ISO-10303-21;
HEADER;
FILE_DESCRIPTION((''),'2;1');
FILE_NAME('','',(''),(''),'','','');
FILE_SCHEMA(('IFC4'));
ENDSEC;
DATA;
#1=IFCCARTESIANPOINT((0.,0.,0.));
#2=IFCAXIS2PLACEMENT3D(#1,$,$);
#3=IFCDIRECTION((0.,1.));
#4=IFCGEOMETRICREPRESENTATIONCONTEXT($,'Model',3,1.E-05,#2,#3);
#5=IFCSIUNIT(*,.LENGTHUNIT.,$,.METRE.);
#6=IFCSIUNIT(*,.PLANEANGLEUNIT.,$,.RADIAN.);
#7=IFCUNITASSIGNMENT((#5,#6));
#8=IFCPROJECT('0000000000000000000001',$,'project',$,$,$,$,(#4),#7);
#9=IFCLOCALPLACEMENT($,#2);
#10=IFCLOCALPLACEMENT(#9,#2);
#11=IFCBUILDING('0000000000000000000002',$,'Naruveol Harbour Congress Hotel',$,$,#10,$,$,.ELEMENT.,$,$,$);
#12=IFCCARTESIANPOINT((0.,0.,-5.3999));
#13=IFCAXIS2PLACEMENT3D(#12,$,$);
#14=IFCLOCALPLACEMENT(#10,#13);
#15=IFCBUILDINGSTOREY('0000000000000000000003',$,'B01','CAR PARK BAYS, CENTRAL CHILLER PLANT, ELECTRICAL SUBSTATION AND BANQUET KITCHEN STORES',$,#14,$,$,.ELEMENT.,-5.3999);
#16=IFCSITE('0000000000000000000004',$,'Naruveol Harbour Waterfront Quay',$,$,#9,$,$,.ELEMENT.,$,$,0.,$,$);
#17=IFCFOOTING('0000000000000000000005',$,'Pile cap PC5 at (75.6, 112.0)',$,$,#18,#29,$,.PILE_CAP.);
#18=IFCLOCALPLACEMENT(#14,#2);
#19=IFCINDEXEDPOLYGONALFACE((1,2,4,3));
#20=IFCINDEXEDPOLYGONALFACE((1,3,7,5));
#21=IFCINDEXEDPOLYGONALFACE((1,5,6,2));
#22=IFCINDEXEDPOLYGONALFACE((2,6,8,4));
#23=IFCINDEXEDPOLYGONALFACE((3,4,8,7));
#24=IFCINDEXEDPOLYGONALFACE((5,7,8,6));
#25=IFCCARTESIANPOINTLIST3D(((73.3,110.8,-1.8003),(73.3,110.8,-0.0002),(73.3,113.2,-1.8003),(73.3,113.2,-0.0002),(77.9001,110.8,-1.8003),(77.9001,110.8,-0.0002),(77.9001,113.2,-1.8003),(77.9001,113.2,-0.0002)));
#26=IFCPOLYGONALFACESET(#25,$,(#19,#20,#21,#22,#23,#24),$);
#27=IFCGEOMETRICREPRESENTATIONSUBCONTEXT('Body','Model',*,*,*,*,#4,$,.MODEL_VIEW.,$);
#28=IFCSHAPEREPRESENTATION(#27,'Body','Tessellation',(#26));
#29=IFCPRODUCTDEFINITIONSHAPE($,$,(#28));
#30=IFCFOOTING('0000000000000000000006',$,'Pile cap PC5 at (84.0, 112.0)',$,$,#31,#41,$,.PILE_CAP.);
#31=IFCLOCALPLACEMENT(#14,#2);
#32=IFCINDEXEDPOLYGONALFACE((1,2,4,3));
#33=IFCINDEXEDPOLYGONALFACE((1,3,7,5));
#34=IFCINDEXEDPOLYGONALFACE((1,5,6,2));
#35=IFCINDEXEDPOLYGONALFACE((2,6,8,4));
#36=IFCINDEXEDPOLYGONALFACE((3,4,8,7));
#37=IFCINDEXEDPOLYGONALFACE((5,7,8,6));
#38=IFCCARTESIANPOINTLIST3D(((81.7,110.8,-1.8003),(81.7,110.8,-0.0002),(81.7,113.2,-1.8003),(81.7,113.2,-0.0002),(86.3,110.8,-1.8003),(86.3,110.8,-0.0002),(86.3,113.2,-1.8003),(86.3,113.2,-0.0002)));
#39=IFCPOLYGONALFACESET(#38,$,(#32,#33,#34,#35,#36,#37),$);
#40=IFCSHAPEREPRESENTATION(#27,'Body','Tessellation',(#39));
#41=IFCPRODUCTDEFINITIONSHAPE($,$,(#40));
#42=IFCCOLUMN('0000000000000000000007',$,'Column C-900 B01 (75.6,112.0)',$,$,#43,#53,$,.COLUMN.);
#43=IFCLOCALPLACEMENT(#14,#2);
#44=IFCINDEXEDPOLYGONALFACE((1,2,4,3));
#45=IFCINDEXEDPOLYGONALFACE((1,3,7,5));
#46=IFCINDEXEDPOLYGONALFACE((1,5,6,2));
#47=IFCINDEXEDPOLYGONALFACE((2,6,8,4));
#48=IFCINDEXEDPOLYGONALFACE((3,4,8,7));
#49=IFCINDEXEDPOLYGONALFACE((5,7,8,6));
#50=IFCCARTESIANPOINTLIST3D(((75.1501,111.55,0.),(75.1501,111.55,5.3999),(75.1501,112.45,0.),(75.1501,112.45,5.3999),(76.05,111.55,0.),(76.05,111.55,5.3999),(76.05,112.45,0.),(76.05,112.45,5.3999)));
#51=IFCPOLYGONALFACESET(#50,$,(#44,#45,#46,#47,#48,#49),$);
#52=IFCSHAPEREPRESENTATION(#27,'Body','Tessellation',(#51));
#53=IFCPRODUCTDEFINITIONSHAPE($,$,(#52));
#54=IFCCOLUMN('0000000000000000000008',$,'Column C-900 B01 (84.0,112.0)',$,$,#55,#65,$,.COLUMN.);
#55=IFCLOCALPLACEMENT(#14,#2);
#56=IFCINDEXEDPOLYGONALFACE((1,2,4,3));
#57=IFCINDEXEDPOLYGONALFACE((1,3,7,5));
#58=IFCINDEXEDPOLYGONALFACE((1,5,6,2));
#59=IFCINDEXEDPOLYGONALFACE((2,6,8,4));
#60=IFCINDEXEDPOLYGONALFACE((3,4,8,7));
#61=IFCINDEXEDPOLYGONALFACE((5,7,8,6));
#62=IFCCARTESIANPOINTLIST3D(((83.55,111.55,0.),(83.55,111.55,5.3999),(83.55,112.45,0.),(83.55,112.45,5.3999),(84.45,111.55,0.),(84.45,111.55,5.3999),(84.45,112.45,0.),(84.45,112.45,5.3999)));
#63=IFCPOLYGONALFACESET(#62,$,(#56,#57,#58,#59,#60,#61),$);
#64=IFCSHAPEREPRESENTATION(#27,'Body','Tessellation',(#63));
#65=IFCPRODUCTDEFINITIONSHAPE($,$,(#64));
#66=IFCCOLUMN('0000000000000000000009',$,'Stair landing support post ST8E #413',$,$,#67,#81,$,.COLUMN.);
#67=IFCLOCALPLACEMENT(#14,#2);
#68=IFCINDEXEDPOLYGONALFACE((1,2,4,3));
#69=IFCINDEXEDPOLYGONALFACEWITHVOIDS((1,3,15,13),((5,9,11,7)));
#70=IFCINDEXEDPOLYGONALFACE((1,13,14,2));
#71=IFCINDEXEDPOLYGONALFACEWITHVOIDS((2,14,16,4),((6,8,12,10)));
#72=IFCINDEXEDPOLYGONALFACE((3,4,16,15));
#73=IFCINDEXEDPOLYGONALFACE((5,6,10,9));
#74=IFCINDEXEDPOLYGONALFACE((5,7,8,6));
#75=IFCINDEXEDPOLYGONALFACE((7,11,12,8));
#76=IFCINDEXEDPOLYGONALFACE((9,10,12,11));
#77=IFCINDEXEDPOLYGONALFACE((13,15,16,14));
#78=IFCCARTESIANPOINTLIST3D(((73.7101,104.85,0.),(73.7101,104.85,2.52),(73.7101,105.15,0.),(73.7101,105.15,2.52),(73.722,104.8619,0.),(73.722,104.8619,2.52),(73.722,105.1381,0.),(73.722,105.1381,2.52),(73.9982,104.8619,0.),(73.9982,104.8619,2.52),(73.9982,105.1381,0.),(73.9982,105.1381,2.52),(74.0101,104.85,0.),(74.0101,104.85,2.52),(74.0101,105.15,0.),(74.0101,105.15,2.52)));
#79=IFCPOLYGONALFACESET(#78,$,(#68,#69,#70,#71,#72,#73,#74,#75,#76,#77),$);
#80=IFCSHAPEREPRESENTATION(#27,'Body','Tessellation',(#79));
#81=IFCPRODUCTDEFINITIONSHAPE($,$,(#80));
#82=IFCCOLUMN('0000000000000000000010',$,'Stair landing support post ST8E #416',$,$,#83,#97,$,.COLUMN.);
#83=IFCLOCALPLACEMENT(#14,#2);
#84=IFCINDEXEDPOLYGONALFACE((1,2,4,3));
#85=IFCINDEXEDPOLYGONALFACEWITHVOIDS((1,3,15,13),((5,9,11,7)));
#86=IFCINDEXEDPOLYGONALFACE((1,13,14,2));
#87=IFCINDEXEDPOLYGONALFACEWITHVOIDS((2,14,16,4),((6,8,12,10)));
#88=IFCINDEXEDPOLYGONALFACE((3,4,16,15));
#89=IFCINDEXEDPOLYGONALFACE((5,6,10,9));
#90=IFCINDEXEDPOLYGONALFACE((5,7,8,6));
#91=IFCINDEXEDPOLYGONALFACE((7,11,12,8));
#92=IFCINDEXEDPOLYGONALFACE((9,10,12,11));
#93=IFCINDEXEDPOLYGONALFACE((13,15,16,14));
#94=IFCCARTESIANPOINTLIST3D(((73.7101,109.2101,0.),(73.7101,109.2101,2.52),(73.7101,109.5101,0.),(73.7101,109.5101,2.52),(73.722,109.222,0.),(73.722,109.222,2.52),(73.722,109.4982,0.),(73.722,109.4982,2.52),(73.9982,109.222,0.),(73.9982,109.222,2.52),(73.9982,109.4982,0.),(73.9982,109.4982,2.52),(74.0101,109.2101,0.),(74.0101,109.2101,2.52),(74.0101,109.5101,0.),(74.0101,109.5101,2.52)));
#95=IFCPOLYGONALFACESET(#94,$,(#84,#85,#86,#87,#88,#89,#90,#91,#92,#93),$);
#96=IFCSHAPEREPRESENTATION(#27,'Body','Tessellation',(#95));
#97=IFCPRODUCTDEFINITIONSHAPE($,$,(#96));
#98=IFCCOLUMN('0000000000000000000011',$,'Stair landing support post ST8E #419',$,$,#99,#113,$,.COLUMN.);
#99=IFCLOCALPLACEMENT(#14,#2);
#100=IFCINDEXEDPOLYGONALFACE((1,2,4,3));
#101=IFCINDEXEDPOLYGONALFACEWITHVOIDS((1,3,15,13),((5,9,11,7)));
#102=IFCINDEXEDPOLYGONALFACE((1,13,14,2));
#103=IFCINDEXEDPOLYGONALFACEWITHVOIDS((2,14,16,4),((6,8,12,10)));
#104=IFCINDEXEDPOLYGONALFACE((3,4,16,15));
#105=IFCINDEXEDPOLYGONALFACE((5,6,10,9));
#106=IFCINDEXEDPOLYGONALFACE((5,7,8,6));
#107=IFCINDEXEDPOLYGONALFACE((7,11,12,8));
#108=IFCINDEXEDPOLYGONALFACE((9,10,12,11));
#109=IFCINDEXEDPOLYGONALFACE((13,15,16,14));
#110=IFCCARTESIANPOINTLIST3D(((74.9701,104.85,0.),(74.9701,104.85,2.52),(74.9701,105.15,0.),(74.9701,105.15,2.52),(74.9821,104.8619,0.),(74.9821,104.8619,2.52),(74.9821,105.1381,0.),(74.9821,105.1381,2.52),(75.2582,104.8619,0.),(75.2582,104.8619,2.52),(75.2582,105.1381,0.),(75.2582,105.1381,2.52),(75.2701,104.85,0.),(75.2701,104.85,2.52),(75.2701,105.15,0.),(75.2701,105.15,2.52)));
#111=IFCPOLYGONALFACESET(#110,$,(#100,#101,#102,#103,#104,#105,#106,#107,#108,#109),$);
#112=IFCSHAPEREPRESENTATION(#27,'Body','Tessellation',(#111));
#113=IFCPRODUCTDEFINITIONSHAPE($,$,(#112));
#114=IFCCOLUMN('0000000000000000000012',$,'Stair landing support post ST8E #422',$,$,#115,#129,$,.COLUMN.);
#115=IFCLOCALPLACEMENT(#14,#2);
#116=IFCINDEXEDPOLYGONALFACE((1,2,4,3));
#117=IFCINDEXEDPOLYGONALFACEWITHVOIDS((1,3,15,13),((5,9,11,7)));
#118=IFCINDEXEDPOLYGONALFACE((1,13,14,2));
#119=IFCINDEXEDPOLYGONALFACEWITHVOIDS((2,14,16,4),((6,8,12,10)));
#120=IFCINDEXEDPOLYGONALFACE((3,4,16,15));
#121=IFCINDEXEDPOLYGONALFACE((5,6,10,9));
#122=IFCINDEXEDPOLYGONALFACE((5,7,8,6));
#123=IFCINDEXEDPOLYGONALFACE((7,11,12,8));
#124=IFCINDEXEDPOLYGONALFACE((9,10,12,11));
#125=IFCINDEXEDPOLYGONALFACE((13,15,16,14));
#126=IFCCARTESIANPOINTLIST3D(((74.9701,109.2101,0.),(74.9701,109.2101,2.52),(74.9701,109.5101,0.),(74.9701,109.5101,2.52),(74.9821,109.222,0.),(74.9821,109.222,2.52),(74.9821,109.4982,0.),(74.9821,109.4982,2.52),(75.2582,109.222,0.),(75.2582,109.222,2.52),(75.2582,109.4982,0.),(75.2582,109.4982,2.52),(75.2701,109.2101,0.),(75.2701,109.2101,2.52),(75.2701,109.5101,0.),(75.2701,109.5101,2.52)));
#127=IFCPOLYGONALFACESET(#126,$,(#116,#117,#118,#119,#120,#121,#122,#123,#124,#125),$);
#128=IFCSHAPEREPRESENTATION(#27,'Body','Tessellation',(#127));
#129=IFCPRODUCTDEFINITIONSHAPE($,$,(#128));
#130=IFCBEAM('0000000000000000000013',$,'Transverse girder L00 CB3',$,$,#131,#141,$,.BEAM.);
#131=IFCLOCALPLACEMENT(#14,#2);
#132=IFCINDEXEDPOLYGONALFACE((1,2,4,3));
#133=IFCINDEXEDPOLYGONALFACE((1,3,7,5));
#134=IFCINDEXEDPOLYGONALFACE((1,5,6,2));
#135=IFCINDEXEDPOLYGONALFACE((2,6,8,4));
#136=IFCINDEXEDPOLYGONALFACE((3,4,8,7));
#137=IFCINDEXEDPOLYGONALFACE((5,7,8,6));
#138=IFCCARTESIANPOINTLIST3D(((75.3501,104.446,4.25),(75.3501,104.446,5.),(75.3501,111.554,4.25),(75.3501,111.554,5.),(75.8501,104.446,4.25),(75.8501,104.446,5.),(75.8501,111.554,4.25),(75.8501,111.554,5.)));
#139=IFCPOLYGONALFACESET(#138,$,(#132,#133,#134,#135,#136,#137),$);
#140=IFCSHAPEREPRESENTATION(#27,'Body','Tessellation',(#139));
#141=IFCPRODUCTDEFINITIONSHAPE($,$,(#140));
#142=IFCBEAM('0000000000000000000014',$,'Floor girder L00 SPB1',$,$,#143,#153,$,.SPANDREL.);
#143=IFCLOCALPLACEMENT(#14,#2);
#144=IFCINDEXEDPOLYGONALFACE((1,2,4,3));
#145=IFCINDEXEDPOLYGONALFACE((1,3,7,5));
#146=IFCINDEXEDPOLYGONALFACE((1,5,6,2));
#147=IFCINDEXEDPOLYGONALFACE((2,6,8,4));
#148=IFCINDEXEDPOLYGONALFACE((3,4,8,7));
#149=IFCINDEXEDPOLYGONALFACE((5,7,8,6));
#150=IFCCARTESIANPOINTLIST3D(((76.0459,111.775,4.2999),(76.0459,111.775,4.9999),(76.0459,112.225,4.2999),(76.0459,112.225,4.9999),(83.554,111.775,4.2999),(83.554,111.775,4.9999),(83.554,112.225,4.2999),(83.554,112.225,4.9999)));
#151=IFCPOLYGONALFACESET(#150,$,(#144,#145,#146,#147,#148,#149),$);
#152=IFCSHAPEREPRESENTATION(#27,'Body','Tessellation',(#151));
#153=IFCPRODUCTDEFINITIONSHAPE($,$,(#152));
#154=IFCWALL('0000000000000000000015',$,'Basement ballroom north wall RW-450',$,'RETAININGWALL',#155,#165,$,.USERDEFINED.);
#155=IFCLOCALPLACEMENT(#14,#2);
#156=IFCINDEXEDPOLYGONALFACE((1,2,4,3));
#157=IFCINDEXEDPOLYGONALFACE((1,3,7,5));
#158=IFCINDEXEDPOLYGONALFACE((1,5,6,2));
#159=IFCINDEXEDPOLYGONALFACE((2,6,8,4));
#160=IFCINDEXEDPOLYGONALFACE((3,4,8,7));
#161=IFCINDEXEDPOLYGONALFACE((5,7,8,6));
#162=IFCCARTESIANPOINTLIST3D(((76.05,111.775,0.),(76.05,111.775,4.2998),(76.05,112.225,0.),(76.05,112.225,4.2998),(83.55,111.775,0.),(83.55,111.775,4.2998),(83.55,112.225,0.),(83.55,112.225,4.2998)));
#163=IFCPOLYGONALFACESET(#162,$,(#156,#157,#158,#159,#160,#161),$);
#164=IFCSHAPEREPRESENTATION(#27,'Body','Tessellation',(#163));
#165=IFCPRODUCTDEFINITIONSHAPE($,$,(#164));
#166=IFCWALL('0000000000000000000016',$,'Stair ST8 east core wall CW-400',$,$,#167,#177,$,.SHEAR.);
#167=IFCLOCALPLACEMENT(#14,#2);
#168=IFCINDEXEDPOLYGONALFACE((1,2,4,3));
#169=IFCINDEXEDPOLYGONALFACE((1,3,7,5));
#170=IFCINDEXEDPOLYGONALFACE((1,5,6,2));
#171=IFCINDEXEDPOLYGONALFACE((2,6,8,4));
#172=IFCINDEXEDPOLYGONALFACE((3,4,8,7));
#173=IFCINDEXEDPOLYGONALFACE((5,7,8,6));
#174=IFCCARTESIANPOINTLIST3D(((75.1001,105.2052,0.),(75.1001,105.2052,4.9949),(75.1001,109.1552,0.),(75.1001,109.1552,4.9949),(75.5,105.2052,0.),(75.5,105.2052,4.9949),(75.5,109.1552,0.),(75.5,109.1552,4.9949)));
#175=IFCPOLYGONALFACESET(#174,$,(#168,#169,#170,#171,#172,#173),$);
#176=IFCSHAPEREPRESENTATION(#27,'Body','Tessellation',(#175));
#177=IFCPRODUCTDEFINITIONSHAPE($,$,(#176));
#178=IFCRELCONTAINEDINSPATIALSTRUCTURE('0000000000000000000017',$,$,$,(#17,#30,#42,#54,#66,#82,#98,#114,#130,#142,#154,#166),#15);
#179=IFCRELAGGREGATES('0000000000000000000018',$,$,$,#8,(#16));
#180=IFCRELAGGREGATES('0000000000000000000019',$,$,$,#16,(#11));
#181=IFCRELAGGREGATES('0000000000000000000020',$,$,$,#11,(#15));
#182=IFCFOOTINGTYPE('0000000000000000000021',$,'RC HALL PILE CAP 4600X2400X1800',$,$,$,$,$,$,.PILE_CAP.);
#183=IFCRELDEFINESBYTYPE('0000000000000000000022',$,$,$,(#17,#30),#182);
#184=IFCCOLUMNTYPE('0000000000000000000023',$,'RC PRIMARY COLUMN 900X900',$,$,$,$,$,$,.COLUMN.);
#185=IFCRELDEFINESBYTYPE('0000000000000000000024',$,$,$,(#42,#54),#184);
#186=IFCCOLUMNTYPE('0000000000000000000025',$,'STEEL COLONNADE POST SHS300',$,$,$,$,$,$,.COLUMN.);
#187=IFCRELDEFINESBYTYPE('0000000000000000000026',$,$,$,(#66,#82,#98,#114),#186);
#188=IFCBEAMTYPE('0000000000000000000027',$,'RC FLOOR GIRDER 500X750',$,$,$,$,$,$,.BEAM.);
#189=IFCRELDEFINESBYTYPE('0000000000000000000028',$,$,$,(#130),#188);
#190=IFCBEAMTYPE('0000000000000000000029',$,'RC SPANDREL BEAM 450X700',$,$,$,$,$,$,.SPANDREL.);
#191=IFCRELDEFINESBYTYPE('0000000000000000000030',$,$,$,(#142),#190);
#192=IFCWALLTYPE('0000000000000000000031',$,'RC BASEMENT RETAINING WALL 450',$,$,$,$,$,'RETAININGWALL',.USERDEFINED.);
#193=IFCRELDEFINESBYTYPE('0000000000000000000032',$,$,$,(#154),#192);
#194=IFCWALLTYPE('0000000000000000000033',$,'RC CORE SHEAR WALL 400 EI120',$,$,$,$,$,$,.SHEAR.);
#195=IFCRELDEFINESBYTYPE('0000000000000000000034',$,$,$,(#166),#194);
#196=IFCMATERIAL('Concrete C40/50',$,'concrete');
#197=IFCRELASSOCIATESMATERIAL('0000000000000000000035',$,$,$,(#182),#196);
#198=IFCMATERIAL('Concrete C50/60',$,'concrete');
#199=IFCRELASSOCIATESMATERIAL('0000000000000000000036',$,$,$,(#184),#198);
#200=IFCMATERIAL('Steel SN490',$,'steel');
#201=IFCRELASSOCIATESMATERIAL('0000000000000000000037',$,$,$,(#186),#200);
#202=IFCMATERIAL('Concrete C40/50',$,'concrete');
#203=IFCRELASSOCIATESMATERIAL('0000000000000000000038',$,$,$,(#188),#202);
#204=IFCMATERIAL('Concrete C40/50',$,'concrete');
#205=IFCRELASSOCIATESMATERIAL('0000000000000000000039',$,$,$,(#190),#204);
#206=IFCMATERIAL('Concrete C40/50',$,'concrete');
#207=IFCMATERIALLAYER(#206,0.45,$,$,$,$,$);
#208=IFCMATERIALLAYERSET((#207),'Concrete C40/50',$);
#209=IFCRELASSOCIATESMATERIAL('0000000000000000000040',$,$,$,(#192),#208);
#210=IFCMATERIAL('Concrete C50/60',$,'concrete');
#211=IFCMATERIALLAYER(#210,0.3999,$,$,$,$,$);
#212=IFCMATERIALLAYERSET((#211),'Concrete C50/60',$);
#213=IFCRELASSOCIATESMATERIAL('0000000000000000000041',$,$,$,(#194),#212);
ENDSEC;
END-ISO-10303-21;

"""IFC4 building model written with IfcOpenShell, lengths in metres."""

from ifc_helpers import new_model, si_unit, direction, frame, frame_2d, origin, origin_2d, place, context, subcontext, project, spatial, rectangle, hollow_rectangle, extrude, material, layer, layer_set, material_profile, profile_set, type_object, element, save


model = new_model("IFC4")

# Units and contexts
model_context = context("Model", 3, precision=1e-05, world=origin(), true_north=direction((0.0, 1.0)))
body_context = subcontext(model_context, "Body", "Model", "MODEL_VIEW")
ifc_project = project(units=[si_unit("LENGTHUNIT", "METRE"), si_unit("PLANEANGLEUNIT", "RADIAN")], contexts=[model_context])

# Site, building, storey
site_placement = place(None, origin())
site = spatial("IfcSite", under=ifc_project, at=site_placement, Name="Naruveol Harbour Waterfront Quay", CompositionType="ELEMENT", RefElevation=0.0)
building_placement = place(site_placement, origin())
building = spatial("IfcBuilding", under=site, at=building_placement, Name="Naruveol Harbour Congress Hotel", CompositionType="ELEMENT")
storey_placement = place(building_placement, frame((0.0, 0.0, -5.3999)))
storey = spatial("IfcBuildingStorey", under=building, at=storey_placement, Name="B01", Description="CAR PARK BAYS, CENTRAL CHILLER PLANT, ELECTRICAL SUBSTATION AND BANQUET KITCHEN STORES", CompositionType="ELEMENT", Elevation=-5.3999)

# Footings
ifc_material_1 = material(Name="Concrete C40/50", Category="concrete")
footing_type_1 = type_object("IfcFootingType", Name="RC HALL PILE CAP 4600X2400X1800", PredefinedType="PILE_CAP", material=ifc_material_1)
for number, where, z_axis, x_axis, name in (
    (1, (75.6001, 112.0, -1.8003), (0.0, 0.0, 1.0), (1.0, 0.0, 0.0), "Pile cap PC5 at (75.6, 112.0)"),
    (2, (84.0, 112.0, -1.8003), (0.0, 0.0, 1.0), (1.0, 0.0, 0.0), "Pile cap PC5 at (84.0, 112.0)"),
):
    element("IfcFooting", number, at=place(storey_placement, frame(where, z_axis=z_axis, x_axis=x_axis)), inside=storey, type_object=footing_type_1, Name=name, PredefinedType="PILE_CAP", context=body_context, shape_type="SweptSolid", body=[
        extrude(rectangle(XDim=4.6001, YDim=2.3999, at=origin_2d()), origin(), (0.0, 0.0, 1.0), 1.8),
    ])

# Columns
ifc_material_2 = material(Name="Concrete C50/60", Category="concrete")
ifc_material_profile_1 = material_profile(ifc_material_2, rectangle(XDim=0.8999, YDim=0.8999, at=origin_2d()), Name="RC-900x900")
ifc_profile_set_1 = profile_set([ifc_material_profile_1], Name="Concrete C50/60")
column_type_1 = type_object("IfcColumnType", Name="RC PRIMARY COLUMN 900X900", PredefinedType="COLUMN", material=ifc_profile_set_1)
for number, where, z_axis, x_axis, name in (
    (3, (75.6001, 112.0, 0.0), (0.0, 0.0, 1.0), (1.0, 0.0, 0.0), "Column C-900 B01 (75.6,112.0)"),
    (4, (84.0, 112.0, 0.0), (0.0, 0.0, 1.0), (1.0, 0.0, 0.0), "Column C-900 B01 (84.0,112.0)"),
):
    element("IfcColumn", number, at=place(storey_placement, frame(where, z_axis=z_axis, x_axis=x_axis)), inside=storey, type_object=column_type_1, Name=name, PredefinedType="COLUMN", context=body_context, shape_type="SweptSolid", body=[
        extrude(rectangle(XDim=0.8999, YDim=0.8999, at=origin_2d()), origin(), (0.0, 0.0, 1.0), 5.3999),
    ])
ifc_material_3 = material(Name="Steel SN490", Category="steel")
ifc_material_profile_2 = material_profile(ifc_material_3, hollow_rectangle(XDim=0.3, YDim=0.3, WallThickness=0.012, at=origin_2d()), Name="SHS-300x300x12")
ifc_profile_set_2 = profile_set([ifc_material_profile_2], Name="Steel SN490")
column_type_2 = type_object("IfcColumnType", Name="STEEL COLONNADE POST SHS300", PredefinedType="COLUMN", material=ifc_profile_set_2)
for number, where, z_axis, x_axis, name in (
    (5, (73.8601, 105.0, 0.0), (0.0, 0.0, 1.0), (1.0, 0.0, 0.0), "Stair landing support post ST8E #413"),
    (6, (73.8601, 109.3601, 0.0), (0.0, 0.0, 1.0), (1.0, 0.0, 0.0), "Stair landing support post ST8E #416"),
    (7, (75.1201, 105.0, 0.0), (0.0, 0.0, 1.0), (1.0, 0.0, 0.0), "Stair landing support post ST8E #419"),
    (8, (75.1201, 109.3601, 0.0), (0.0, 0.0, 1.0), (1.0, 0.0, 0.0), "Stair landing support post ST8E #422"),
):
    element("IfcColumn", number, at=place(storey_placement, frame(where, z_axis=z_axis, x_axis=x_axis)), inside=storey, type_object=column_type_2, Name=name, PredefinedType="COLUMN", context=body_context, shape_type="SweptSolid", body=[
        extrude(hollow_rectangle(XDim=0.3, YDim=0.3, WallThickness=0.012, at=origin_2d()), origin(), (0.0, 0.0, 1.0), 2.52),
    ])

# Beams
ifc_material_4 = material(Name="Concrete C40/50", Category="concrete")
ifc_material_profile_3 = material_profile(ifc_material_4, rectangle(XDim=0.5, YDim=0.75, at=origin_2d()), Name="RCB-500x750")
ifc_profile_set_3 = profile_set([ifc_material_profile_3], Name="Concrete C40/50")
beam_type_1 = type_object("IfcBeamType", Name="RC FLOOR GIRDER 500X750", PredefinedType="BEAM", material=ifc_profile_set_3)
beam_1_placement = place(storey_placement, frame((75.6001, 104.446, 4.625), z_axis=(0.0, 1.0, 0.0), x_axis=(-1.0, 0.0, 0.0)))
element("IfcBeam", 9, at=beam_1_placement, inside=storey, type_object=beam_type_1, Name="Transverse girder L00 CB3", PredefinedType="BEAM", context=body_context, shape_type="SweptSolid", body=[
    extrude(rectangle(XDim=0.5, YDim=0.75, at=origin_2d()), origin(), (0.0, 0.0, 1.0), 7.1079),
])
ifc_material_5 = material(Name="Concrete C40/50", Category="concrete")
ifc_material_profile_4 = material_profile(ifc_material_5, rectangle(XDim=0.45, YDim=0.7, at=origin_2d()), Name="RCB-450x700")
ifc_profile_set_4 = profile_set([ifc_material_profile_4], Name="Concrete C40/50")
beam_type_2 = type_object("IfcBeamType", Name="RC SPANDREL BEAM 450X700", PredefinedType="SPANDREL", material=ifc_profile_set_4)
beam_2_placement = place(storey_placement, frame((76.0459, 112.0, 4.6499), z_axis=(1.0, 0.0, 0.0), x_axis=(0.0, 1.0, 0.0)))
element("IfcBeam", 10, at=beam_2_placement, inside=storey, type_object=beam_type_2, Name="Floor girder L00 SPB1", PredefinedType="SPANDREL", context=body_context, shape_type="SweptSolid", body=[
    extrude(rectangle(XDim=0.45, YDim=0.7, at=origin_2d()), origin(), (0.0, 0.0, 1.0), 7.5081),
])

# Walls
ifc_material_6 = material(Name="Concrete C40/50", Category="concrete")
ifc_layer_1 = layer(ifc_material_6, 0.45)
ifc_layer_set_1 = layer_set([ifc_layer_1], Name="Concrete C40/50")
wall_type_1 = type_object("IfcWallType", Name="RC BASEMENT RETAINING WALL 450", ElementType="RETAININGWALL", PredefinedType="USERDEFINED", material=ifc_layer_set_1)
wall_1_placement = place(storey_placement, frame((76.05, 112.0, 0.0), z_axis=(0.0, 0.0, 1.0), x_axis=(1.0, 0.0, 0.0)))
element("IfcWall", 11, at=wall_1_placement, inside=storey, type_object=wall_type_1, Name="Basement ballroom north wall RW-450", ObjectType="RETAININGWALL", PredefinedType="USERDEFINED", context=body_context, shape_type="SweptSolid", body=[
    extrude(rectangle(XDim=7.5, YDim=0.45, at=frame_2d((3.75, 0.0))), origin(), (0.0, 0.0, 1.0), 4.2998),
])
ifc_material_7 = material(Name="Concrete C50/60", Category="concrete")
ifc_layer_2 = layer(ifc_material_7, 0.3999)
ifc_layer_set_2 = layer_set([ifc_layer_2], Name="Concrete C50/60")
wall_type_2 = type_object("IfcWallType", Name="RC CORE SHEAR WALL 400 EI120", PredefinedType="SHEAR", material=ifc_layer_set_2)
wall_2_placement = place(storey_placement, frame((75.3, 105.2051, 0.0), z_axis=(0.0, 0.0, 1.0), x_axis=(0.0, 1.0, 0.0)))
element("IfcWall", 12, at=wall_2_placement, inside=storey, type_object=wall_type_2, Name="Stair ST8 east core wall CW-400", PredefinedType="SHEAR", context=body_context, shape_type="SweptSolid", body=[
    extrude(rectangle(XDim=3.95, YDim=0.3999, at=frame_2d((1.9751, 0.0))), origin(), (0.0, 0.0, 1.0), 4.9949),
])

save(model, "model.ifc")
